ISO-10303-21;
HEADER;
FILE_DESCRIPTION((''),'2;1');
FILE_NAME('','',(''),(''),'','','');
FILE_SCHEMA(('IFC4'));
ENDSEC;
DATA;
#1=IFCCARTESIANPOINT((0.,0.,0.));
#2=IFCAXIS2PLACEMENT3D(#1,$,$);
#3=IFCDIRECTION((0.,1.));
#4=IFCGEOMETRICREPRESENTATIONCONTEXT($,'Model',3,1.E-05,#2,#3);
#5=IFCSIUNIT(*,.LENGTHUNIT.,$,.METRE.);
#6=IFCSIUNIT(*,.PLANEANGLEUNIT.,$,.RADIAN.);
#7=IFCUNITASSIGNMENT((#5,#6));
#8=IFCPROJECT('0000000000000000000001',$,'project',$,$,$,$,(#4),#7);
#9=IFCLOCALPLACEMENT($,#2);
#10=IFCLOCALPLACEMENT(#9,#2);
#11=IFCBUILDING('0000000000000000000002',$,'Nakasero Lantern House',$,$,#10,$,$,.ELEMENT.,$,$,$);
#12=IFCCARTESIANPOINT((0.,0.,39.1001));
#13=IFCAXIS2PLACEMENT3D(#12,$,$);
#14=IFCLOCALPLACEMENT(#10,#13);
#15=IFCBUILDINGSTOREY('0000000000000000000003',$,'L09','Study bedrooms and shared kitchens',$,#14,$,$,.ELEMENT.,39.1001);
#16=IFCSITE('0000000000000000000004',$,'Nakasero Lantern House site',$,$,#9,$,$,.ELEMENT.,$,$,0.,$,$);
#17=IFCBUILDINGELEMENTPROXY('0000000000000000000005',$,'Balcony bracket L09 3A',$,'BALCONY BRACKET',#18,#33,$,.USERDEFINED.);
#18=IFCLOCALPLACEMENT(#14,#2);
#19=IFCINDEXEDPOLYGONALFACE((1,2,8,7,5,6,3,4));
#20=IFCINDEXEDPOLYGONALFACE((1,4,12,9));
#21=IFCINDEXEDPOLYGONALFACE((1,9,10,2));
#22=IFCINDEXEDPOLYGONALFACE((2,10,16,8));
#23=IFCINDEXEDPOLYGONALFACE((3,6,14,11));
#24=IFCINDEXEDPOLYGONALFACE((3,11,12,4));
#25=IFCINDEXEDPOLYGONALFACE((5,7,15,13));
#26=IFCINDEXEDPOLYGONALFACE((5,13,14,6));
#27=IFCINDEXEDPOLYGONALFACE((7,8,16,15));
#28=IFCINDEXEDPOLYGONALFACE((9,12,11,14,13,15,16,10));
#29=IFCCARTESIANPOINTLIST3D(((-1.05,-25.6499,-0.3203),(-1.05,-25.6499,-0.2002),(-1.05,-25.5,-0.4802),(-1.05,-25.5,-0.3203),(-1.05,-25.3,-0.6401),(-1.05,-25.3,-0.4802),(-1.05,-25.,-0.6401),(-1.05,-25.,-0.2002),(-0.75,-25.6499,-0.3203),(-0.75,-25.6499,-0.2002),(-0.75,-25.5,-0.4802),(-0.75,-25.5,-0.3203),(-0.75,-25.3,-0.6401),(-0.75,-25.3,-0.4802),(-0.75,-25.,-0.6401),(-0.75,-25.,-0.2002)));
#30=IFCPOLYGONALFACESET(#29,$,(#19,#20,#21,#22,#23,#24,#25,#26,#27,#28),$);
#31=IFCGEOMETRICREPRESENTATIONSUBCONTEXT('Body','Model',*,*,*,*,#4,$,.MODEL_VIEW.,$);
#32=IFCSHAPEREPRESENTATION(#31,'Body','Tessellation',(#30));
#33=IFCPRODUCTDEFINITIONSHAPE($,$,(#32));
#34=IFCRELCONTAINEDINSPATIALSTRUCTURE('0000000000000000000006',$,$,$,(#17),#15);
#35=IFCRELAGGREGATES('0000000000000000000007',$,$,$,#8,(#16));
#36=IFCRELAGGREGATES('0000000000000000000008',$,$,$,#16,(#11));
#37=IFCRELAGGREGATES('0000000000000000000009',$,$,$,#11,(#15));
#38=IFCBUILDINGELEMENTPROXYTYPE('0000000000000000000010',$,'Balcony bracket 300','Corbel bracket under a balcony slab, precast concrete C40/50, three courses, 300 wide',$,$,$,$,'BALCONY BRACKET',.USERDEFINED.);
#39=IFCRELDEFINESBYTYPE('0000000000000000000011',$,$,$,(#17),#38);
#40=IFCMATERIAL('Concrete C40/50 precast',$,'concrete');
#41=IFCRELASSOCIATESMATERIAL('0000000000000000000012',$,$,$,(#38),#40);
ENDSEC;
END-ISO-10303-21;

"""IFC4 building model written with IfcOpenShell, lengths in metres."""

from ifc_helpers import new_model, si_unit, direction, frame, origin, place, context, subcontext, project, spatial, polyline, outline, extrude, material, type_object, element, save


model = new_model("IFC4")

# Units and contexts
model_context = context("Model", 3, precision=1e-05, world=origin(), true_north=direction((0.0, 1.0)))
body_context = subcontext(model_context, "Body", "Model", "MODEL_VIEW")
ifc_project = project(units=[si_unit("LENGTHUNIT", "METRE"), si_unit("PLANEANGLEUNIT", "RADIAN")], contexts=[model_context])

# Site, building, storey
site_placement = place(None, origin())
site = spatial("IfcSite", under=ifc_project, at=site_placement, Name="Nakasero Lantern House site", CompositionType="ELEMENT", RefElevation=0.0)
building_placement = place(site_placement, origin())
building = spatial("IfcBuilding", under=site, at=building_placement, Name="Nakasero Lantern House", CompositionType="ELEMENT")
storey_placement = place(building_placement, frame((0.0, 0.0, 39.1001)))
storey = spatial("IfcBuildingStorey", under=building, at=storey_placement, Name="L09", Description="Study bedrooms and shared kitchens", CompositionType="ELEMENT", Elevation=39.1001)

# Building element proxy
ifc_material_1 = material(Name="Concrete C40/50 precast", Category="concrete")
building_element_proxy_type = type_object("IfcBuildingElementProxyType", Name="Balcony bracket 300", Description="Corbel bracket under a balcony slab, precast concrete C40/50, three courses, 300 wide", ElementType="BALCONY BRACKET", PredefinedType="USERDEFINED", material=ifc_material_1)
proxy_placement = place(storey_placement, frame((-0.8999, -25.0, -0.2002), z_axis=(0.0, 0.0, 1.0), x_axis=(0.0, -1.0, 0.0)))
element("IfcBuildingElementProxy", 1, at=proxy_placement, inside=storey, type_object=building_element_proxy_type, Name="Balcony bracket L09 3A", ObjectType="BALCONY BRACKET", PredefinedType="USERDEFINED", context=body_context, shape_type="SweptSolid", body=[
    extrude(outline(polyline([(0.0, 0.0), (0.6499, 0.0), (0.6499, -0.1201), (0.5, -0.1201), (0.5, -0.28), (0.3, -0.28), (0.3, -0.4399), (0.0, -0.4399), (0.0, 0.0)])), frame((0.0, 0.1499, 0.0), z_axis=(0.0, -1.0, 0.0), x_axis=(1.0, 0.0, 0.0)), (0.0, 0.0, 1.0), 0.3),
])

save(model, "model.ifc")
